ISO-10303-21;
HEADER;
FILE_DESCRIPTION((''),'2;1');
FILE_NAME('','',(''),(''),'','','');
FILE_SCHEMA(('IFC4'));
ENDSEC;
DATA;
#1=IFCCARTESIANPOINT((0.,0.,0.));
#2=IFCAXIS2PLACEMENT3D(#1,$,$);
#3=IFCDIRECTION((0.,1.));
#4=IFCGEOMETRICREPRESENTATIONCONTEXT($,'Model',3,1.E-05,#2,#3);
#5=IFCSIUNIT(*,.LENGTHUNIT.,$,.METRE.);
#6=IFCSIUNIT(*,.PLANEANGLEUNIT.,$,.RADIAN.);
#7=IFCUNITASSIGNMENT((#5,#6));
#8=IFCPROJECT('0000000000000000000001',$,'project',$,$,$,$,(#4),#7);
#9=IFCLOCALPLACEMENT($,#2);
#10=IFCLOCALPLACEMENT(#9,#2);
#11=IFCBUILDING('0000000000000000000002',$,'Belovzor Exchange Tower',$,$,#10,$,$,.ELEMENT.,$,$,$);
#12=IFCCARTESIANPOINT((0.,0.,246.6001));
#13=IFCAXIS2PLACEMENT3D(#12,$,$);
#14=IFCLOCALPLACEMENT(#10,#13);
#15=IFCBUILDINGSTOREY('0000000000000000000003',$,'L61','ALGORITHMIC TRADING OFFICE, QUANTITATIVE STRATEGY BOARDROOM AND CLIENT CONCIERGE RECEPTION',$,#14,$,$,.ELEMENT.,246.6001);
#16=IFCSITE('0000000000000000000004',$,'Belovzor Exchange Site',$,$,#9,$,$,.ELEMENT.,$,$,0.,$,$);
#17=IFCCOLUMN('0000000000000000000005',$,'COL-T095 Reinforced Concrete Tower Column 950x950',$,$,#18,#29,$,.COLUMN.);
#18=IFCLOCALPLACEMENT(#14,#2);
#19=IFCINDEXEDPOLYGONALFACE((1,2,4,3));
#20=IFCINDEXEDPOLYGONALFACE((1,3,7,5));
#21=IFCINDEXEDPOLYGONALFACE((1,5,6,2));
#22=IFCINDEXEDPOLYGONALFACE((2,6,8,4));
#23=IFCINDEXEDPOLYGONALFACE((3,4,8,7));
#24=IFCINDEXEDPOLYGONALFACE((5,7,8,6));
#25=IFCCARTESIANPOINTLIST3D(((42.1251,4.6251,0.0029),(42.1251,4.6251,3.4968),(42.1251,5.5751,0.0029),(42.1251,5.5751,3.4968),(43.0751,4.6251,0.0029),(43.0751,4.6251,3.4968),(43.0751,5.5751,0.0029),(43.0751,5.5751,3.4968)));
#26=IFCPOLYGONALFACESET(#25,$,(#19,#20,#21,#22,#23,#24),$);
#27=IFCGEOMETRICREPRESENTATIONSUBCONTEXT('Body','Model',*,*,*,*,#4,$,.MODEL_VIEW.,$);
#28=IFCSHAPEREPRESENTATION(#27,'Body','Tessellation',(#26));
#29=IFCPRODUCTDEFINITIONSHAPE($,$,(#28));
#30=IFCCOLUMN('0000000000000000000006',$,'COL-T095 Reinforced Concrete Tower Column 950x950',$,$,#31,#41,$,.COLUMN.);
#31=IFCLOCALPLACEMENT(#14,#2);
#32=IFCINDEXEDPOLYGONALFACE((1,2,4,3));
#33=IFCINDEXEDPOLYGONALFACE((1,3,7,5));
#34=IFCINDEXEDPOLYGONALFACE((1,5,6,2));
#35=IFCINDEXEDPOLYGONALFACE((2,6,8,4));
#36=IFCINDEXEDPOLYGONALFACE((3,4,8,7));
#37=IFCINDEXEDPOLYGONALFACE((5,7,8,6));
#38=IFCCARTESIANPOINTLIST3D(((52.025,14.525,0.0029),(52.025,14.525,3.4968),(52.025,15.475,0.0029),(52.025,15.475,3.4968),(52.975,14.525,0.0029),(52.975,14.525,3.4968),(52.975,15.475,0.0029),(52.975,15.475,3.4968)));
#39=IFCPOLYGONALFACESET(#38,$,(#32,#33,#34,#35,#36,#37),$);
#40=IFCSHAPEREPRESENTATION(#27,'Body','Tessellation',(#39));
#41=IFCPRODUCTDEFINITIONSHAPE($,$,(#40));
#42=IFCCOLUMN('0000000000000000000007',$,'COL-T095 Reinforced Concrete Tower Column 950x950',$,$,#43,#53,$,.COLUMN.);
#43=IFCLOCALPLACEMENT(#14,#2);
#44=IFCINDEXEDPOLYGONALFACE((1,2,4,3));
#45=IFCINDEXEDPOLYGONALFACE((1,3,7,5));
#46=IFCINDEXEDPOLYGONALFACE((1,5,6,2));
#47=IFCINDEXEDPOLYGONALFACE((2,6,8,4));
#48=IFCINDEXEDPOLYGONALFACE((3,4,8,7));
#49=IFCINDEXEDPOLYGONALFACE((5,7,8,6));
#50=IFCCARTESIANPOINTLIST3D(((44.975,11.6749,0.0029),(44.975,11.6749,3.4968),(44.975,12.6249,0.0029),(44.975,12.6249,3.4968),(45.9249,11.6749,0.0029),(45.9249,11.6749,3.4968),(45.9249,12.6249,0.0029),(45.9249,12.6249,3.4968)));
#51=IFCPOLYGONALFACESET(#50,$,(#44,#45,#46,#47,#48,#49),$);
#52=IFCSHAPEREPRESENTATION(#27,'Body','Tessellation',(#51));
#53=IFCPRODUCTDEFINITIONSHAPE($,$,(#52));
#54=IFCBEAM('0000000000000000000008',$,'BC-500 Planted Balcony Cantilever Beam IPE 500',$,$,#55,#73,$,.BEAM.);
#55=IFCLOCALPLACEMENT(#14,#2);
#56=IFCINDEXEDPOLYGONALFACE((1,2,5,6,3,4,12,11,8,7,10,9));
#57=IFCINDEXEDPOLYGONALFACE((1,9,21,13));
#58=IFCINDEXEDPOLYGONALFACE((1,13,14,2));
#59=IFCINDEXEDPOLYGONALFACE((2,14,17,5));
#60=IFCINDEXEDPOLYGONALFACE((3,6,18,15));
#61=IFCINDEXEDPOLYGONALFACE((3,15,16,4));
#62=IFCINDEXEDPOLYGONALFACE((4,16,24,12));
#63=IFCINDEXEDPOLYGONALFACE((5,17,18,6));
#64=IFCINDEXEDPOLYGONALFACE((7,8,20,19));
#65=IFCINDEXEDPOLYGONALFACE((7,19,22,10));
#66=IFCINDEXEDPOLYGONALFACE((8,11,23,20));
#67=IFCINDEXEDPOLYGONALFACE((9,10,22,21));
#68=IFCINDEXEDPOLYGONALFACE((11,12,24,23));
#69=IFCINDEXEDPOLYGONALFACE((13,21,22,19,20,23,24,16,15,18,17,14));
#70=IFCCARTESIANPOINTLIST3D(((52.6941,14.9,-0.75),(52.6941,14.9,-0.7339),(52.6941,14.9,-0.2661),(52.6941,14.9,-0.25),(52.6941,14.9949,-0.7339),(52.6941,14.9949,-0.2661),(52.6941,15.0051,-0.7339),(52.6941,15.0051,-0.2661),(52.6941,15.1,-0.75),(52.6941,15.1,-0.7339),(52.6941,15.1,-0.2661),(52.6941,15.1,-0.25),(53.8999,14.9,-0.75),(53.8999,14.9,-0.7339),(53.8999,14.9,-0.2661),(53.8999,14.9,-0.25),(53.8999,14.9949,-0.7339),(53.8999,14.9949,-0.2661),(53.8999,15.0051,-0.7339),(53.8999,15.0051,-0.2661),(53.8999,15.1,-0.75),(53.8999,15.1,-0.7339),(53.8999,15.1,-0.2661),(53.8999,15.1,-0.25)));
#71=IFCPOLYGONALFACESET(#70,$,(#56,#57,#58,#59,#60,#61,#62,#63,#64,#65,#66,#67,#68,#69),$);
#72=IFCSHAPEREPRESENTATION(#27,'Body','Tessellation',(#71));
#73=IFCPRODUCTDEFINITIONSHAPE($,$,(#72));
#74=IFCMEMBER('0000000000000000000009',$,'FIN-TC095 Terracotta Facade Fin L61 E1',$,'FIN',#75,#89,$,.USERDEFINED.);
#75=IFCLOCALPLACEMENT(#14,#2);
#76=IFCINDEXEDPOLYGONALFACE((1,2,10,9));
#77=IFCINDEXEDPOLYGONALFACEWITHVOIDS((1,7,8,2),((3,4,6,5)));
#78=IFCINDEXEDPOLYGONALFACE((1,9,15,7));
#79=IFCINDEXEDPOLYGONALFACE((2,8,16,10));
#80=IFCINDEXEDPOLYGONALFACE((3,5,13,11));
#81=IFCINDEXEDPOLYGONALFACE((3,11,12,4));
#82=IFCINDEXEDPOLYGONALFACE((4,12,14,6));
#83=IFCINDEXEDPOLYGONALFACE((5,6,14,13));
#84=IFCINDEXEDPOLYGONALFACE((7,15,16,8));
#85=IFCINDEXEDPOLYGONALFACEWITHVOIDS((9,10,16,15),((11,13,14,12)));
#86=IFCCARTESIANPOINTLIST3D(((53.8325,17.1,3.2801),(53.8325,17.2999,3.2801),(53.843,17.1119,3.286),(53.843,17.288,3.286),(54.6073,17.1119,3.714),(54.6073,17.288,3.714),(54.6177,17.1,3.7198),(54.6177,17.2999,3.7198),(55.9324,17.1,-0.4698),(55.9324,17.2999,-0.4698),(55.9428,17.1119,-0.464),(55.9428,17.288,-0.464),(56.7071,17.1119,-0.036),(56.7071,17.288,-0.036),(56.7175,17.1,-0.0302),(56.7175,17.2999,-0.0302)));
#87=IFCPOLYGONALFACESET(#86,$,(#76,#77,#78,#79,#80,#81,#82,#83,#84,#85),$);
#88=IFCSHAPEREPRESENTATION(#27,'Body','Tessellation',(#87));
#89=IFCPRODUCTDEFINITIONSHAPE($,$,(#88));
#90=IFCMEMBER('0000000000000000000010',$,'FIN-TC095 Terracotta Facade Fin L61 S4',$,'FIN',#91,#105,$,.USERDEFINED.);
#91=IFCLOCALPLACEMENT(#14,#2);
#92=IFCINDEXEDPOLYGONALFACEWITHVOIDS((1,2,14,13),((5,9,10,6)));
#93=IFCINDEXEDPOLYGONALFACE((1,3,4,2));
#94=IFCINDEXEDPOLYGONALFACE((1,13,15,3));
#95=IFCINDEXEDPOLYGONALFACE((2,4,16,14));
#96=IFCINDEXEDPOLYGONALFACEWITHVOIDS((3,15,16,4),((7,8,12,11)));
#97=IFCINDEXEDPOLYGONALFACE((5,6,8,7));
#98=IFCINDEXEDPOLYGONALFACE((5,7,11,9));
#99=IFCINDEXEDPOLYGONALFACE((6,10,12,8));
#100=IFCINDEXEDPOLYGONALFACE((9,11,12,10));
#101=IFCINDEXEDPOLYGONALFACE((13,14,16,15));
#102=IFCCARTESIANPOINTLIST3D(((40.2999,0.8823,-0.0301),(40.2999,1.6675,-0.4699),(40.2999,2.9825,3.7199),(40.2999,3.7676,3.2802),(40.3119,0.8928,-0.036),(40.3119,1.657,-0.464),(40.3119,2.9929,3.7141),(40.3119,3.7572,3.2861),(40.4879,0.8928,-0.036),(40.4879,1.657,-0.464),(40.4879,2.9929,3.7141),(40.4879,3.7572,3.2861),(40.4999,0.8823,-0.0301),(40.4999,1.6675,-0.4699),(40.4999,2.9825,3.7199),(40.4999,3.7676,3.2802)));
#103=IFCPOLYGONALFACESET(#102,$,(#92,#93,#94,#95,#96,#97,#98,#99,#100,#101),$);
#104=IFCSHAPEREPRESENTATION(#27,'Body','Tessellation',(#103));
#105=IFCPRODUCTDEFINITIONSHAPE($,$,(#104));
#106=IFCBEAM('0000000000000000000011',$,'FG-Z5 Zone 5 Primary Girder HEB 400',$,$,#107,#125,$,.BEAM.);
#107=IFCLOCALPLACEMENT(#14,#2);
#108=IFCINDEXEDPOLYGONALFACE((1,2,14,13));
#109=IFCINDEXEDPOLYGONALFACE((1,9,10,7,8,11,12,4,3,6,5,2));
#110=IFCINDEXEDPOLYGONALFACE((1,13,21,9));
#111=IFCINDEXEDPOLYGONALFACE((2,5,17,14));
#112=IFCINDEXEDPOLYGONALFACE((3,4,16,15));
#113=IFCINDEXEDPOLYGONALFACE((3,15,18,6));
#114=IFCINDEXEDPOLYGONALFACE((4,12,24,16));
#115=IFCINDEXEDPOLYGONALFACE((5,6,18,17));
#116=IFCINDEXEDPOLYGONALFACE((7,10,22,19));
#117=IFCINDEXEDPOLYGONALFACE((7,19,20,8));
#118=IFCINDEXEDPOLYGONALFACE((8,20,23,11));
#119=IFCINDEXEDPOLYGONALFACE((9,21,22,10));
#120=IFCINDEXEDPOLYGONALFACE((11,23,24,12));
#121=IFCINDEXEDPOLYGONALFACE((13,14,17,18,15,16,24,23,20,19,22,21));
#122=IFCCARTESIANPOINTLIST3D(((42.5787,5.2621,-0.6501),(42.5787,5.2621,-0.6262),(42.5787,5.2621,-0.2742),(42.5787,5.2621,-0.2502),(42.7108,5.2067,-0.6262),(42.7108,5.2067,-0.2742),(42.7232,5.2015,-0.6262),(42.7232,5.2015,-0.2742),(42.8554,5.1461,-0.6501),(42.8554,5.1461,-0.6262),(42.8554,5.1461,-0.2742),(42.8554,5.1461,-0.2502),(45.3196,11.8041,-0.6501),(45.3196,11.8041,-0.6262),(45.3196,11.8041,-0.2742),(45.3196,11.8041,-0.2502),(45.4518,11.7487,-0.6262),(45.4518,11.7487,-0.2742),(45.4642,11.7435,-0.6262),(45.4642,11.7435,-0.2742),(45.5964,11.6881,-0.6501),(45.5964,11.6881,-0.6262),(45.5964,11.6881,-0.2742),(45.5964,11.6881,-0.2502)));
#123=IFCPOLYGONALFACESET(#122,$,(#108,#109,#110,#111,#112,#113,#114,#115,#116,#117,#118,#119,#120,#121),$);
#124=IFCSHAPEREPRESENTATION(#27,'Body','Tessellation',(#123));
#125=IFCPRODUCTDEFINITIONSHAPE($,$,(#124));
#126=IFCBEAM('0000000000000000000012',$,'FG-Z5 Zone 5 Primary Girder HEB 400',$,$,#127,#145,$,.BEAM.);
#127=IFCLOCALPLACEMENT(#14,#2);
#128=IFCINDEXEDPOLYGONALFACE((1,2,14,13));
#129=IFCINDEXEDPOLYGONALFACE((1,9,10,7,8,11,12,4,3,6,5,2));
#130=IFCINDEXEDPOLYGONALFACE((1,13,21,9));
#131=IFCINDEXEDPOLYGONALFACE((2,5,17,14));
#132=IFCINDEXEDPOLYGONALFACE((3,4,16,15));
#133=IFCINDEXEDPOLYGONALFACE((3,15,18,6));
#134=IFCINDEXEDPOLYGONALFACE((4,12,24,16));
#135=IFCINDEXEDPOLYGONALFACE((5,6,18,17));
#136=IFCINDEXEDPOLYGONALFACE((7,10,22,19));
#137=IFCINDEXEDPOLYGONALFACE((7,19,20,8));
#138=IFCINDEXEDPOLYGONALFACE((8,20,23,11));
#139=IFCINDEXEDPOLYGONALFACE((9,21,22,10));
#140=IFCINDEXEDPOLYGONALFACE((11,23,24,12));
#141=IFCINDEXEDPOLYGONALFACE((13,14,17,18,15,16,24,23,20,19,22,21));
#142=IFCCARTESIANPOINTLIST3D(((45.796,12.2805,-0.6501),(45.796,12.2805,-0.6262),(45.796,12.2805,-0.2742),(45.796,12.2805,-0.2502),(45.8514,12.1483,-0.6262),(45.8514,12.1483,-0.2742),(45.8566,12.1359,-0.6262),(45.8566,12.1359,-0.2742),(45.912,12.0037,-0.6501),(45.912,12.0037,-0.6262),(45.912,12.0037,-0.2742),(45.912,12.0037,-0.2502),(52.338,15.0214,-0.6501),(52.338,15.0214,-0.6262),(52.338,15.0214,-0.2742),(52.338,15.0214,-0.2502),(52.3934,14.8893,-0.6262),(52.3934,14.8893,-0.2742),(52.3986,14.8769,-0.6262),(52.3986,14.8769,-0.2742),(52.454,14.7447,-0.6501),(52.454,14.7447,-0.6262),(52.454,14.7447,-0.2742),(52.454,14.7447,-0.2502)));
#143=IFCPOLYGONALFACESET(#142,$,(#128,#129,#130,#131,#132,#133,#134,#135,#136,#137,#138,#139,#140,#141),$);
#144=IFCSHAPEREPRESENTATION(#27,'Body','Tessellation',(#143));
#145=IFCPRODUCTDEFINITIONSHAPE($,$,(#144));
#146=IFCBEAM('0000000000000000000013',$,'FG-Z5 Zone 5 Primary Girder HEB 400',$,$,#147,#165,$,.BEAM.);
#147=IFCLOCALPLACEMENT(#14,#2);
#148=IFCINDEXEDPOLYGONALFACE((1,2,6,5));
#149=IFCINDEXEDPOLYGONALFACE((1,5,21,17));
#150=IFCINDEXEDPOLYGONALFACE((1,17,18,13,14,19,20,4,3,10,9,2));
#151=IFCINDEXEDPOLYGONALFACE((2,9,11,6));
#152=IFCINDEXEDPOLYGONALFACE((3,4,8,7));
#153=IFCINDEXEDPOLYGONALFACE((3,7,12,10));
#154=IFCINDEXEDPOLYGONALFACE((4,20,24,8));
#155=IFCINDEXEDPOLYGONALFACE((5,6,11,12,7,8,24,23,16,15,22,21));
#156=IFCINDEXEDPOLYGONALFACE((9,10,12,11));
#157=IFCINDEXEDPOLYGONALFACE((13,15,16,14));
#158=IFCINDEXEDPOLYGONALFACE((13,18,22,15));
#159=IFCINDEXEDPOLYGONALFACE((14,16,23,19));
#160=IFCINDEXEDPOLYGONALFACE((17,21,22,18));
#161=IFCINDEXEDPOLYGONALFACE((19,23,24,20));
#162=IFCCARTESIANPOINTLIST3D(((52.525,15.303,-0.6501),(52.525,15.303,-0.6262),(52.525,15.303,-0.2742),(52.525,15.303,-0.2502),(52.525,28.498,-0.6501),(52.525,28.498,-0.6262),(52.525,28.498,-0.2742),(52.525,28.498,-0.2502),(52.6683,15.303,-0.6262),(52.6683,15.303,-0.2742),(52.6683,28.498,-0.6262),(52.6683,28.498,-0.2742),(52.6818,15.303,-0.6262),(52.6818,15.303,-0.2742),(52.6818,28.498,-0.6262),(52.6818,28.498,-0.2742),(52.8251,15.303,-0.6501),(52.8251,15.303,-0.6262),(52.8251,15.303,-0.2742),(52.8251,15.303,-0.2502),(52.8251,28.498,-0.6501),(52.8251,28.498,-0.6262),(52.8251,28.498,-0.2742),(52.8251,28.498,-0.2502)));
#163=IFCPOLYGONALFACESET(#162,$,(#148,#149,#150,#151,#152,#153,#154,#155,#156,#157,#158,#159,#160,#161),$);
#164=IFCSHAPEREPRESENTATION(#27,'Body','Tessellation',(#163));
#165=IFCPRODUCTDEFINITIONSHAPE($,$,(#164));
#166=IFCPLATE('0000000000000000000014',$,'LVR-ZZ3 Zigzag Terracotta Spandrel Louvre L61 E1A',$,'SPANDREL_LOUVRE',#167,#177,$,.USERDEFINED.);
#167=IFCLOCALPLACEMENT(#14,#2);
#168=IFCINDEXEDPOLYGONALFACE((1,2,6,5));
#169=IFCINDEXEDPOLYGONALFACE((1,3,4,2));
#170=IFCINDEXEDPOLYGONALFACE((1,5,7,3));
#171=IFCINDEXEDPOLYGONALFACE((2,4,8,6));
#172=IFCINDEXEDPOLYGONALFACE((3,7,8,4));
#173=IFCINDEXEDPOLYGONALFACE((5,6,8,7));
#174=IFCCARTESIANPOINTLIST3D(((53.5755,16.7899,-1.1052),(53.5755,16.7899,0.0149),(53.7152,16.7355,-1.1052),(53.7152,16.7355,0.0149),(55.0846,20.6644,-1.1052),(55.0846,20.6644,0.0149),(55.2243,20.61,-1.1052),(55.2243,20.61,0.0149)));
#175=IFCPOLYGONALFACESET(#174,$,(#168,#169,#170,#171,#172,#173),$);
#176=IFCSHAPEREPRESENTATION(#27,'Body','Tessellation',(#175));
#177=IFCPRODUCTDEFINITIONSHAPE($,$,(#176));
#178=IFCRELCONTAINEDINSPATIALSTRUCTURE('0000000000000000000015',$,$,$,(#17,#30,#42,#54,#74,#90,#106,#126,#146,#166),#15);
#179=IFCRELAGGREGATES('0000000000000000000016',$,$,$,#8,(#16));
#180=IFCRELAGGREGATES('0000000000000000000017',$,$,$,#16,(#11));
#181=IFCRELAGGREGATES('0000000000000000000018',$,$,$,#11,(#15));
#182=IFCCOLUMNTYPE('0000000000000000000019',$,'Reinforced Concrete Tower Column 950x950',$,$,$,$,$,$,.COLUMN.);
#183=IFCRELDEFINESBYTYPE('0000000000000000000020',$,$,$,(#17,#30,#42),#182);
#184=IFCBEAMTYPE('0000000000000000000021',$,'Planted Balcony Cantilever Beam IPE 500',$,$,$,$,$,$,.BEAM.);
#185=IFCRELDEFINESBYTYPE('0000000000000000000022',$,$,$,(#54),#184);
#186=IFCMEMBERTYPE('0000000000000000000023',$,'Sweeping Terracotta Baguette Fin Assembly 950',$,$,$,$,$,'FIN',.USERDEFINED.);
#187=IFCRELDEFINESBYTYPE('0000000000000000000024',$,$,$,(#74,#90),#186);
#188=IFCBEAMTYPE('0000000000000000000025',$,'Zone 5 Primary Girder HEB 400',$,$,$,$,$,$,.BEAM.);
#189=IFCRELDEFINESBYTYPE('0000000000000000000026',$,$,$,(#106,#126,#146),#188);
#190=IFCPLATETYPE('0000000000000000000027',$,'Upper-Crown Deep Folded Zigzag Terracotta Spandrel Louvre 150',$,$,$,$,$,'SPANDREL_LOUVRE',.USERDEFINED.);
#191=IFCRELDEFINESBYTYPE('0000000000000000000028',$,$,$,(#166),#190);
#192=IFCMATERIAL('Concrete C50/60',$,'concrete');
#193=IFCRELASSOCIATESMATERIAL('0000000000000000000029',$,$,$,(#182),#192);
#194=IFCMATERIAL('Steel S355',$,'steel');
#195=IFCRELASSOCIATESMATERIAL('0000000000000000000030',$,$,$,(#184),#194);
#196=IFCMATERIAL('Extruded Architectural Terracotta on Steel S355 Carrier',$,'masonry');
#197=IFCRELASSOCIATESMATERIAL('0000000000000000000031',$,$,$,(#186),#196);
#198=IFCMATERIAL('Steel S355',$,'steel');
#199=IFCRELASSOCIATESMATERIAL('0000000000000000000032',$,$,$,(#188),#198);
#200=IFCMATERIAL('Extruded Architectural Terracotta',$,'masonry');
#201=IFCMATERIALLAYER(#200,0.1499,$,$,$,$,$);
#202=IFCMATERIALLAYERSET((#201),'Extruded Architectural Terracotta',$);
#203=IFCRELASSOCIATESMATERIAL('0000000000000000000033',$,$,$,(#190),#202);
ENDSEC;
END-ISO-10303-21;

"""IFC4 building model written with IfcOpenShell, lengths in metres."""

from ifc_helpers import new_model, si_unit, direction, frame, origin, origin_2d, place, context, subcontext, project, spatial, rectangle, hollow_rectangle, i_section, extrude, material, layer, layer_set, material_profile, profile_set, type_object, element, save


model = new_model("IFC4")

# Units and contexts
model_context = context("Model", 3, precision=1e-05, world=origin(), true_north=direction((0.0, 1.0)))
body_context = subcontext(model_context, "Body", "Model", "MODEL_VIEW")
ifc_project = project(units=[si_unit("LENGTHUNIT", "METRE"), si_unit("PLANEANGLEUNIT", "RADIAN")], contexts=[model_context])

# Site, building, storey
site_placement = place(None, origin())
site = spatial("IfcSite", under=ifc_project, at=site_placement, Name="Belovzor Exchange Site", CompositionType="ELEMENT", RefElevation=0.0)
building_placement = place(site_placement, origin())
building = spatial("IfcBuilding", under=site, at=building_placement, Name="Belovzor Exchange Tower", CompositionType="ELEMENT")
storey_placement = place(building_placement, frame((0.0, 0.0, 246.6001)))
storey = spatial("IfcBuildingStorey", under=building, at=storey_placement, Name="L61", Description="ALGORITHMIC TRADING OFFICE, QUANTITATIVE STRATEGY BOARDROOM AND CLIENT CONCIERGE RECEPTION", CompositionType="ELEMENT", Elevation=246.6001)

# Columns
ifc_material_1 = material(Name="Concrete C50/60", Category="concrete")
ifc_material_profile_1 = material_profile(ifc_material_1, rectangle(XDim=0.95, YDim=0.95, at=origin_2d()))
ifc_profile_set_1 = profile_set([ifc_material_profile_1], Name="Concrete C50/60")
column_type = type_object("IfcColumnType", Name="Reinforced Concrete Tower Column 950x950", PredefinedType="COLUMN", material=ifc_profile_set_1)
for number, where, z_axis, x_axis, name in (
    (1, (42.6001, 5.1001, 0.0029), (0.0, 0.0, 1.0), (1.0, 0.0, 0.0), "COL-T095 Reinforced Concrete Tower Column 950x950"),
    (2, (52.5, 15.0, 0.0029), (0.0, 0.0, 1.0), (1.0, 0.0, 0.0), "COL-T095 Reinforced Concrete Tower Column 950x950"),
    (3, (45.45, 12.1499, 0.0029), (0.0, 0.0, 1.0), (1.0, 0.0, 0.0), "COL-T095 Reinforced Concrete Tower Column 950x950"),
):
    element("IfcColumn", number, at=place(storey_placement, frame(where, z_axis=z_axis, x_axis=x_axis)), inside=storey, type_object=column_type, Name=name, PredefinedType="COLUMN", context=body_context, shape_type="SweptSolid", body=[
        extrude(rectangle(XDim=0.95, YDim=0.95, at=origin_2d()), origin(), (0.0, 0.0, 1.0), 3.4939),
    ])

# Beam
ifc_material_2 = material(Name="Steel S355", Category="steel")
ifc_material_profile_2 = material_profile(ifc_material_2, i_section(OverallWidth=0.2, OverallDepth=0.5, WebThickness=0.0103, FlangeThickness=0.0161, at=origin_2d()))
ifc_profile_set_2 = profile_set([ifc_material_profile_2], Name="Steel S355")
beam_type_1 = type_object("IfcBeamType", Name="Planted Balcony Cantilever Beam IPE 500", PredefinedType="BEAM", material=ifc_profile_set_2)
beam_1_placement = place(storey_placement, frame((52.6941, 15.0, -0.5), z_axis=(1.0, 0.0, 0.0), x_axis=(0.0, 1.0, 0.0)))
element("IfcBeam", 4, at=beam_1_placement, inside=storey, type_object=beam_type_1, Name="BC-500 Planted Balcony Cantilever Beam IPE 500", PredefinedType="BEAM", context=body_context, shape_type="SweptSolid", body=[
    extrude(i_section(OverallWidth=0.2, OverallDepth=0.5, WebThickness=0.0103, FlangeThickness=0.0161, at=origin_2d()), origin(), (0.0, 0.0, 1.0), 1.2058),
])

# Members
ifc_material_3 = material(Name="Extruded Architectural Terracotta on Steel S355 Carrier", Category="masonry")
ifc_material_profile_3 = material_profile(ifc_material_3, hollow_rectangle(XDim=0.2, YDim=0.8999, WallThickness=0.012, at=origin_2d()))
ifc_profile_set_3 = profile_set([ifc_material_profile_3], Name="Extruded Architectural Terracotta on Steel S355 Carrier")
member_type = type_object("IfcMemberType", Name="Sweeping Terracotta Baguette Fin Assembly 950", ElementType="FIN", PredefinedType="USERDEFINED", material=ifc_profile_set_3)
member_1_placement = place(storey_placement, frame((56.325, 17.2, -0.25), z_axis=(-0.488577, 0.0, 0.872521), x_axis=(0.0, -1.0, 0.0)))
element("IfcMember", 5, at=member_1_placement, inside=storey, type_object=member_type, Name="FIN-TC095 Terracotta Facade Fin L61 E1", ObjectType="FIN", PredefinedType="USERDEFINED", context=body_context, shape_type="SweptSolid", body=[
    extrude(hollow_rectangle(XDim=0.2, YDim=0.8999, WallThickness=0.012, at=origin_2d()), origin(), (0.0, 0.0, 1.0), 4.2979),
])
member_2_placement = place(storey_placement, frame((40.3999, 1.2749, -0.25), z_axis=(0.0, 0.488621, 0.872496), x_axis=(-1.0, 0.0, 0.0)))
element("IfcMember", 6, at=member_2_placement, inside=storey, type_object=member_type, Name="FIN-TC095 Terracotta Facade Fin L61 S4", ObjectType="FIN", PredefinedType="USERDEFINED", context=body_context, shape_type="SweptSolid", body=[
    extrude(hollow_rectangle(XDim=0.2, YDim=0.8999, WallThickness=0.012, at=origin_2d()), origin(), (0.0, 0.0, 1.0), 4.2981),
])

# Beams
ifc_material_4 = material(Name="Steel S355", Category="steel")
ifc_material_profile_4 = material_profile(ifc_material_4, i_section(OverallWidth=0.3, OverallDepth=0.3999, WebThickness=0.0134, FlangeThickness=0.0239, at=origin_2d()))
ifc_profile_set_4 = profile_set([ifc_material_profile_4], Name="Steel S355")
beam_type_2 = type_object("IfcBeamType", Name="Zone 5 Primary Girder HEB 400", PredefinedType="BEAM", material=ifc_profile_set_4)
for number, where, z_axis, x_axis, name in (
    (7, (42.717, 5.2041, -0.4502), (0.386433, 0.922317, 0.0), (-0.922317, 0.386433, 0.0), "FG-Z5 Zone 5 Primary Girder HEB 400"),
    (8, (45.854, 12.1421, -0.4502), (0.922317, 0.386433, 0.0), (-0.386433, 0.922317, 0.0), "FG-Z5 Zone 5 Primary Girder HEB 400"),
):
    element("IfcBeam", number, at=place(storey_placement, frame(where, z_axis=z_axis, x_axis=x_axis)), inside=storey, type_object=beam_type_2, Name=name, PredefinedType="BEAM", context=body_context, shape_type="SweptSolid", body=[
        extrude(i_section(OverallWidth=0.3, OverallDepth=0.3999, WebThickness=0.0134, FlangeThickness=0.0239, at=origin_2d()), origin(), (0.0, 0.0, 1.0), 7.093),
    ])
beam_2_placement = place(storey_placement, frame((52.675, 15.303, -0.4502), z_axis=(0.0, 1.0, 0.0), x_axis=(-1.0, 0.0, 0.0)))
element("IfcBeam", 9, at=beam_2_placement, inside=storey, type_object=beam_type_2, Name="FG-Z5 Zone 5 Primary Girder HEB 400", PredefinedType="BEAM", context=body_context, shape_type="SweptSolid", body=[
    extrude(i_section(OverallWidth=0.3, OverallDepth=0.3999, WebThickness=0.0134, FlangeThickness=0.0239, at=origin_2d()), origin(), (0.0, 0.0, 1.0), 13.1951),
])

# Plate
ifc_material_5 = material(Name="Extruded Architectural Terracotta", Category="masonry")
ifc_layer_1 = layer(ifc_material_5, 0.1499)
ifc_layer_set_1 = layer_set([ifc_layer_1], Name="Extruded Architectural Terracotta")
plate_type = type_object("IfcPlateType", Name="Upper-Crown Deep Folded Zigzag Terracotta Spandrel Louvre 150", ElementType="SPANDREL_LOUVRE", PredefinedType="USERDEFINED", material=ifc_layer_set_1)
plate_placement = place(storey_placement, frame((54.3999, 18.7, -1.1052), z_axis=(0.0, 0.0, 1.0), x_axis=(0.362926, 0.931818, 0.0)))
element("IfcPlate", 10, at=plate_placement, inside=storey, type_object=plate_type, Name="LVR-ZZ3 Zigzag Terracotta Spandrel Louvre L61 E1A", ObjectType="SPANDREL_LOUVRE", PredefinedType="USERDEFINED", context=body_context, shape_type="SweptSolid", body=[
    extrude(rectangle(XDim=4.158, YDim=0.1499, at=origin_2d()), origin(), (0.0, 0.0, 1.0), 1.1201),
])

save(model, "model.ifc")
